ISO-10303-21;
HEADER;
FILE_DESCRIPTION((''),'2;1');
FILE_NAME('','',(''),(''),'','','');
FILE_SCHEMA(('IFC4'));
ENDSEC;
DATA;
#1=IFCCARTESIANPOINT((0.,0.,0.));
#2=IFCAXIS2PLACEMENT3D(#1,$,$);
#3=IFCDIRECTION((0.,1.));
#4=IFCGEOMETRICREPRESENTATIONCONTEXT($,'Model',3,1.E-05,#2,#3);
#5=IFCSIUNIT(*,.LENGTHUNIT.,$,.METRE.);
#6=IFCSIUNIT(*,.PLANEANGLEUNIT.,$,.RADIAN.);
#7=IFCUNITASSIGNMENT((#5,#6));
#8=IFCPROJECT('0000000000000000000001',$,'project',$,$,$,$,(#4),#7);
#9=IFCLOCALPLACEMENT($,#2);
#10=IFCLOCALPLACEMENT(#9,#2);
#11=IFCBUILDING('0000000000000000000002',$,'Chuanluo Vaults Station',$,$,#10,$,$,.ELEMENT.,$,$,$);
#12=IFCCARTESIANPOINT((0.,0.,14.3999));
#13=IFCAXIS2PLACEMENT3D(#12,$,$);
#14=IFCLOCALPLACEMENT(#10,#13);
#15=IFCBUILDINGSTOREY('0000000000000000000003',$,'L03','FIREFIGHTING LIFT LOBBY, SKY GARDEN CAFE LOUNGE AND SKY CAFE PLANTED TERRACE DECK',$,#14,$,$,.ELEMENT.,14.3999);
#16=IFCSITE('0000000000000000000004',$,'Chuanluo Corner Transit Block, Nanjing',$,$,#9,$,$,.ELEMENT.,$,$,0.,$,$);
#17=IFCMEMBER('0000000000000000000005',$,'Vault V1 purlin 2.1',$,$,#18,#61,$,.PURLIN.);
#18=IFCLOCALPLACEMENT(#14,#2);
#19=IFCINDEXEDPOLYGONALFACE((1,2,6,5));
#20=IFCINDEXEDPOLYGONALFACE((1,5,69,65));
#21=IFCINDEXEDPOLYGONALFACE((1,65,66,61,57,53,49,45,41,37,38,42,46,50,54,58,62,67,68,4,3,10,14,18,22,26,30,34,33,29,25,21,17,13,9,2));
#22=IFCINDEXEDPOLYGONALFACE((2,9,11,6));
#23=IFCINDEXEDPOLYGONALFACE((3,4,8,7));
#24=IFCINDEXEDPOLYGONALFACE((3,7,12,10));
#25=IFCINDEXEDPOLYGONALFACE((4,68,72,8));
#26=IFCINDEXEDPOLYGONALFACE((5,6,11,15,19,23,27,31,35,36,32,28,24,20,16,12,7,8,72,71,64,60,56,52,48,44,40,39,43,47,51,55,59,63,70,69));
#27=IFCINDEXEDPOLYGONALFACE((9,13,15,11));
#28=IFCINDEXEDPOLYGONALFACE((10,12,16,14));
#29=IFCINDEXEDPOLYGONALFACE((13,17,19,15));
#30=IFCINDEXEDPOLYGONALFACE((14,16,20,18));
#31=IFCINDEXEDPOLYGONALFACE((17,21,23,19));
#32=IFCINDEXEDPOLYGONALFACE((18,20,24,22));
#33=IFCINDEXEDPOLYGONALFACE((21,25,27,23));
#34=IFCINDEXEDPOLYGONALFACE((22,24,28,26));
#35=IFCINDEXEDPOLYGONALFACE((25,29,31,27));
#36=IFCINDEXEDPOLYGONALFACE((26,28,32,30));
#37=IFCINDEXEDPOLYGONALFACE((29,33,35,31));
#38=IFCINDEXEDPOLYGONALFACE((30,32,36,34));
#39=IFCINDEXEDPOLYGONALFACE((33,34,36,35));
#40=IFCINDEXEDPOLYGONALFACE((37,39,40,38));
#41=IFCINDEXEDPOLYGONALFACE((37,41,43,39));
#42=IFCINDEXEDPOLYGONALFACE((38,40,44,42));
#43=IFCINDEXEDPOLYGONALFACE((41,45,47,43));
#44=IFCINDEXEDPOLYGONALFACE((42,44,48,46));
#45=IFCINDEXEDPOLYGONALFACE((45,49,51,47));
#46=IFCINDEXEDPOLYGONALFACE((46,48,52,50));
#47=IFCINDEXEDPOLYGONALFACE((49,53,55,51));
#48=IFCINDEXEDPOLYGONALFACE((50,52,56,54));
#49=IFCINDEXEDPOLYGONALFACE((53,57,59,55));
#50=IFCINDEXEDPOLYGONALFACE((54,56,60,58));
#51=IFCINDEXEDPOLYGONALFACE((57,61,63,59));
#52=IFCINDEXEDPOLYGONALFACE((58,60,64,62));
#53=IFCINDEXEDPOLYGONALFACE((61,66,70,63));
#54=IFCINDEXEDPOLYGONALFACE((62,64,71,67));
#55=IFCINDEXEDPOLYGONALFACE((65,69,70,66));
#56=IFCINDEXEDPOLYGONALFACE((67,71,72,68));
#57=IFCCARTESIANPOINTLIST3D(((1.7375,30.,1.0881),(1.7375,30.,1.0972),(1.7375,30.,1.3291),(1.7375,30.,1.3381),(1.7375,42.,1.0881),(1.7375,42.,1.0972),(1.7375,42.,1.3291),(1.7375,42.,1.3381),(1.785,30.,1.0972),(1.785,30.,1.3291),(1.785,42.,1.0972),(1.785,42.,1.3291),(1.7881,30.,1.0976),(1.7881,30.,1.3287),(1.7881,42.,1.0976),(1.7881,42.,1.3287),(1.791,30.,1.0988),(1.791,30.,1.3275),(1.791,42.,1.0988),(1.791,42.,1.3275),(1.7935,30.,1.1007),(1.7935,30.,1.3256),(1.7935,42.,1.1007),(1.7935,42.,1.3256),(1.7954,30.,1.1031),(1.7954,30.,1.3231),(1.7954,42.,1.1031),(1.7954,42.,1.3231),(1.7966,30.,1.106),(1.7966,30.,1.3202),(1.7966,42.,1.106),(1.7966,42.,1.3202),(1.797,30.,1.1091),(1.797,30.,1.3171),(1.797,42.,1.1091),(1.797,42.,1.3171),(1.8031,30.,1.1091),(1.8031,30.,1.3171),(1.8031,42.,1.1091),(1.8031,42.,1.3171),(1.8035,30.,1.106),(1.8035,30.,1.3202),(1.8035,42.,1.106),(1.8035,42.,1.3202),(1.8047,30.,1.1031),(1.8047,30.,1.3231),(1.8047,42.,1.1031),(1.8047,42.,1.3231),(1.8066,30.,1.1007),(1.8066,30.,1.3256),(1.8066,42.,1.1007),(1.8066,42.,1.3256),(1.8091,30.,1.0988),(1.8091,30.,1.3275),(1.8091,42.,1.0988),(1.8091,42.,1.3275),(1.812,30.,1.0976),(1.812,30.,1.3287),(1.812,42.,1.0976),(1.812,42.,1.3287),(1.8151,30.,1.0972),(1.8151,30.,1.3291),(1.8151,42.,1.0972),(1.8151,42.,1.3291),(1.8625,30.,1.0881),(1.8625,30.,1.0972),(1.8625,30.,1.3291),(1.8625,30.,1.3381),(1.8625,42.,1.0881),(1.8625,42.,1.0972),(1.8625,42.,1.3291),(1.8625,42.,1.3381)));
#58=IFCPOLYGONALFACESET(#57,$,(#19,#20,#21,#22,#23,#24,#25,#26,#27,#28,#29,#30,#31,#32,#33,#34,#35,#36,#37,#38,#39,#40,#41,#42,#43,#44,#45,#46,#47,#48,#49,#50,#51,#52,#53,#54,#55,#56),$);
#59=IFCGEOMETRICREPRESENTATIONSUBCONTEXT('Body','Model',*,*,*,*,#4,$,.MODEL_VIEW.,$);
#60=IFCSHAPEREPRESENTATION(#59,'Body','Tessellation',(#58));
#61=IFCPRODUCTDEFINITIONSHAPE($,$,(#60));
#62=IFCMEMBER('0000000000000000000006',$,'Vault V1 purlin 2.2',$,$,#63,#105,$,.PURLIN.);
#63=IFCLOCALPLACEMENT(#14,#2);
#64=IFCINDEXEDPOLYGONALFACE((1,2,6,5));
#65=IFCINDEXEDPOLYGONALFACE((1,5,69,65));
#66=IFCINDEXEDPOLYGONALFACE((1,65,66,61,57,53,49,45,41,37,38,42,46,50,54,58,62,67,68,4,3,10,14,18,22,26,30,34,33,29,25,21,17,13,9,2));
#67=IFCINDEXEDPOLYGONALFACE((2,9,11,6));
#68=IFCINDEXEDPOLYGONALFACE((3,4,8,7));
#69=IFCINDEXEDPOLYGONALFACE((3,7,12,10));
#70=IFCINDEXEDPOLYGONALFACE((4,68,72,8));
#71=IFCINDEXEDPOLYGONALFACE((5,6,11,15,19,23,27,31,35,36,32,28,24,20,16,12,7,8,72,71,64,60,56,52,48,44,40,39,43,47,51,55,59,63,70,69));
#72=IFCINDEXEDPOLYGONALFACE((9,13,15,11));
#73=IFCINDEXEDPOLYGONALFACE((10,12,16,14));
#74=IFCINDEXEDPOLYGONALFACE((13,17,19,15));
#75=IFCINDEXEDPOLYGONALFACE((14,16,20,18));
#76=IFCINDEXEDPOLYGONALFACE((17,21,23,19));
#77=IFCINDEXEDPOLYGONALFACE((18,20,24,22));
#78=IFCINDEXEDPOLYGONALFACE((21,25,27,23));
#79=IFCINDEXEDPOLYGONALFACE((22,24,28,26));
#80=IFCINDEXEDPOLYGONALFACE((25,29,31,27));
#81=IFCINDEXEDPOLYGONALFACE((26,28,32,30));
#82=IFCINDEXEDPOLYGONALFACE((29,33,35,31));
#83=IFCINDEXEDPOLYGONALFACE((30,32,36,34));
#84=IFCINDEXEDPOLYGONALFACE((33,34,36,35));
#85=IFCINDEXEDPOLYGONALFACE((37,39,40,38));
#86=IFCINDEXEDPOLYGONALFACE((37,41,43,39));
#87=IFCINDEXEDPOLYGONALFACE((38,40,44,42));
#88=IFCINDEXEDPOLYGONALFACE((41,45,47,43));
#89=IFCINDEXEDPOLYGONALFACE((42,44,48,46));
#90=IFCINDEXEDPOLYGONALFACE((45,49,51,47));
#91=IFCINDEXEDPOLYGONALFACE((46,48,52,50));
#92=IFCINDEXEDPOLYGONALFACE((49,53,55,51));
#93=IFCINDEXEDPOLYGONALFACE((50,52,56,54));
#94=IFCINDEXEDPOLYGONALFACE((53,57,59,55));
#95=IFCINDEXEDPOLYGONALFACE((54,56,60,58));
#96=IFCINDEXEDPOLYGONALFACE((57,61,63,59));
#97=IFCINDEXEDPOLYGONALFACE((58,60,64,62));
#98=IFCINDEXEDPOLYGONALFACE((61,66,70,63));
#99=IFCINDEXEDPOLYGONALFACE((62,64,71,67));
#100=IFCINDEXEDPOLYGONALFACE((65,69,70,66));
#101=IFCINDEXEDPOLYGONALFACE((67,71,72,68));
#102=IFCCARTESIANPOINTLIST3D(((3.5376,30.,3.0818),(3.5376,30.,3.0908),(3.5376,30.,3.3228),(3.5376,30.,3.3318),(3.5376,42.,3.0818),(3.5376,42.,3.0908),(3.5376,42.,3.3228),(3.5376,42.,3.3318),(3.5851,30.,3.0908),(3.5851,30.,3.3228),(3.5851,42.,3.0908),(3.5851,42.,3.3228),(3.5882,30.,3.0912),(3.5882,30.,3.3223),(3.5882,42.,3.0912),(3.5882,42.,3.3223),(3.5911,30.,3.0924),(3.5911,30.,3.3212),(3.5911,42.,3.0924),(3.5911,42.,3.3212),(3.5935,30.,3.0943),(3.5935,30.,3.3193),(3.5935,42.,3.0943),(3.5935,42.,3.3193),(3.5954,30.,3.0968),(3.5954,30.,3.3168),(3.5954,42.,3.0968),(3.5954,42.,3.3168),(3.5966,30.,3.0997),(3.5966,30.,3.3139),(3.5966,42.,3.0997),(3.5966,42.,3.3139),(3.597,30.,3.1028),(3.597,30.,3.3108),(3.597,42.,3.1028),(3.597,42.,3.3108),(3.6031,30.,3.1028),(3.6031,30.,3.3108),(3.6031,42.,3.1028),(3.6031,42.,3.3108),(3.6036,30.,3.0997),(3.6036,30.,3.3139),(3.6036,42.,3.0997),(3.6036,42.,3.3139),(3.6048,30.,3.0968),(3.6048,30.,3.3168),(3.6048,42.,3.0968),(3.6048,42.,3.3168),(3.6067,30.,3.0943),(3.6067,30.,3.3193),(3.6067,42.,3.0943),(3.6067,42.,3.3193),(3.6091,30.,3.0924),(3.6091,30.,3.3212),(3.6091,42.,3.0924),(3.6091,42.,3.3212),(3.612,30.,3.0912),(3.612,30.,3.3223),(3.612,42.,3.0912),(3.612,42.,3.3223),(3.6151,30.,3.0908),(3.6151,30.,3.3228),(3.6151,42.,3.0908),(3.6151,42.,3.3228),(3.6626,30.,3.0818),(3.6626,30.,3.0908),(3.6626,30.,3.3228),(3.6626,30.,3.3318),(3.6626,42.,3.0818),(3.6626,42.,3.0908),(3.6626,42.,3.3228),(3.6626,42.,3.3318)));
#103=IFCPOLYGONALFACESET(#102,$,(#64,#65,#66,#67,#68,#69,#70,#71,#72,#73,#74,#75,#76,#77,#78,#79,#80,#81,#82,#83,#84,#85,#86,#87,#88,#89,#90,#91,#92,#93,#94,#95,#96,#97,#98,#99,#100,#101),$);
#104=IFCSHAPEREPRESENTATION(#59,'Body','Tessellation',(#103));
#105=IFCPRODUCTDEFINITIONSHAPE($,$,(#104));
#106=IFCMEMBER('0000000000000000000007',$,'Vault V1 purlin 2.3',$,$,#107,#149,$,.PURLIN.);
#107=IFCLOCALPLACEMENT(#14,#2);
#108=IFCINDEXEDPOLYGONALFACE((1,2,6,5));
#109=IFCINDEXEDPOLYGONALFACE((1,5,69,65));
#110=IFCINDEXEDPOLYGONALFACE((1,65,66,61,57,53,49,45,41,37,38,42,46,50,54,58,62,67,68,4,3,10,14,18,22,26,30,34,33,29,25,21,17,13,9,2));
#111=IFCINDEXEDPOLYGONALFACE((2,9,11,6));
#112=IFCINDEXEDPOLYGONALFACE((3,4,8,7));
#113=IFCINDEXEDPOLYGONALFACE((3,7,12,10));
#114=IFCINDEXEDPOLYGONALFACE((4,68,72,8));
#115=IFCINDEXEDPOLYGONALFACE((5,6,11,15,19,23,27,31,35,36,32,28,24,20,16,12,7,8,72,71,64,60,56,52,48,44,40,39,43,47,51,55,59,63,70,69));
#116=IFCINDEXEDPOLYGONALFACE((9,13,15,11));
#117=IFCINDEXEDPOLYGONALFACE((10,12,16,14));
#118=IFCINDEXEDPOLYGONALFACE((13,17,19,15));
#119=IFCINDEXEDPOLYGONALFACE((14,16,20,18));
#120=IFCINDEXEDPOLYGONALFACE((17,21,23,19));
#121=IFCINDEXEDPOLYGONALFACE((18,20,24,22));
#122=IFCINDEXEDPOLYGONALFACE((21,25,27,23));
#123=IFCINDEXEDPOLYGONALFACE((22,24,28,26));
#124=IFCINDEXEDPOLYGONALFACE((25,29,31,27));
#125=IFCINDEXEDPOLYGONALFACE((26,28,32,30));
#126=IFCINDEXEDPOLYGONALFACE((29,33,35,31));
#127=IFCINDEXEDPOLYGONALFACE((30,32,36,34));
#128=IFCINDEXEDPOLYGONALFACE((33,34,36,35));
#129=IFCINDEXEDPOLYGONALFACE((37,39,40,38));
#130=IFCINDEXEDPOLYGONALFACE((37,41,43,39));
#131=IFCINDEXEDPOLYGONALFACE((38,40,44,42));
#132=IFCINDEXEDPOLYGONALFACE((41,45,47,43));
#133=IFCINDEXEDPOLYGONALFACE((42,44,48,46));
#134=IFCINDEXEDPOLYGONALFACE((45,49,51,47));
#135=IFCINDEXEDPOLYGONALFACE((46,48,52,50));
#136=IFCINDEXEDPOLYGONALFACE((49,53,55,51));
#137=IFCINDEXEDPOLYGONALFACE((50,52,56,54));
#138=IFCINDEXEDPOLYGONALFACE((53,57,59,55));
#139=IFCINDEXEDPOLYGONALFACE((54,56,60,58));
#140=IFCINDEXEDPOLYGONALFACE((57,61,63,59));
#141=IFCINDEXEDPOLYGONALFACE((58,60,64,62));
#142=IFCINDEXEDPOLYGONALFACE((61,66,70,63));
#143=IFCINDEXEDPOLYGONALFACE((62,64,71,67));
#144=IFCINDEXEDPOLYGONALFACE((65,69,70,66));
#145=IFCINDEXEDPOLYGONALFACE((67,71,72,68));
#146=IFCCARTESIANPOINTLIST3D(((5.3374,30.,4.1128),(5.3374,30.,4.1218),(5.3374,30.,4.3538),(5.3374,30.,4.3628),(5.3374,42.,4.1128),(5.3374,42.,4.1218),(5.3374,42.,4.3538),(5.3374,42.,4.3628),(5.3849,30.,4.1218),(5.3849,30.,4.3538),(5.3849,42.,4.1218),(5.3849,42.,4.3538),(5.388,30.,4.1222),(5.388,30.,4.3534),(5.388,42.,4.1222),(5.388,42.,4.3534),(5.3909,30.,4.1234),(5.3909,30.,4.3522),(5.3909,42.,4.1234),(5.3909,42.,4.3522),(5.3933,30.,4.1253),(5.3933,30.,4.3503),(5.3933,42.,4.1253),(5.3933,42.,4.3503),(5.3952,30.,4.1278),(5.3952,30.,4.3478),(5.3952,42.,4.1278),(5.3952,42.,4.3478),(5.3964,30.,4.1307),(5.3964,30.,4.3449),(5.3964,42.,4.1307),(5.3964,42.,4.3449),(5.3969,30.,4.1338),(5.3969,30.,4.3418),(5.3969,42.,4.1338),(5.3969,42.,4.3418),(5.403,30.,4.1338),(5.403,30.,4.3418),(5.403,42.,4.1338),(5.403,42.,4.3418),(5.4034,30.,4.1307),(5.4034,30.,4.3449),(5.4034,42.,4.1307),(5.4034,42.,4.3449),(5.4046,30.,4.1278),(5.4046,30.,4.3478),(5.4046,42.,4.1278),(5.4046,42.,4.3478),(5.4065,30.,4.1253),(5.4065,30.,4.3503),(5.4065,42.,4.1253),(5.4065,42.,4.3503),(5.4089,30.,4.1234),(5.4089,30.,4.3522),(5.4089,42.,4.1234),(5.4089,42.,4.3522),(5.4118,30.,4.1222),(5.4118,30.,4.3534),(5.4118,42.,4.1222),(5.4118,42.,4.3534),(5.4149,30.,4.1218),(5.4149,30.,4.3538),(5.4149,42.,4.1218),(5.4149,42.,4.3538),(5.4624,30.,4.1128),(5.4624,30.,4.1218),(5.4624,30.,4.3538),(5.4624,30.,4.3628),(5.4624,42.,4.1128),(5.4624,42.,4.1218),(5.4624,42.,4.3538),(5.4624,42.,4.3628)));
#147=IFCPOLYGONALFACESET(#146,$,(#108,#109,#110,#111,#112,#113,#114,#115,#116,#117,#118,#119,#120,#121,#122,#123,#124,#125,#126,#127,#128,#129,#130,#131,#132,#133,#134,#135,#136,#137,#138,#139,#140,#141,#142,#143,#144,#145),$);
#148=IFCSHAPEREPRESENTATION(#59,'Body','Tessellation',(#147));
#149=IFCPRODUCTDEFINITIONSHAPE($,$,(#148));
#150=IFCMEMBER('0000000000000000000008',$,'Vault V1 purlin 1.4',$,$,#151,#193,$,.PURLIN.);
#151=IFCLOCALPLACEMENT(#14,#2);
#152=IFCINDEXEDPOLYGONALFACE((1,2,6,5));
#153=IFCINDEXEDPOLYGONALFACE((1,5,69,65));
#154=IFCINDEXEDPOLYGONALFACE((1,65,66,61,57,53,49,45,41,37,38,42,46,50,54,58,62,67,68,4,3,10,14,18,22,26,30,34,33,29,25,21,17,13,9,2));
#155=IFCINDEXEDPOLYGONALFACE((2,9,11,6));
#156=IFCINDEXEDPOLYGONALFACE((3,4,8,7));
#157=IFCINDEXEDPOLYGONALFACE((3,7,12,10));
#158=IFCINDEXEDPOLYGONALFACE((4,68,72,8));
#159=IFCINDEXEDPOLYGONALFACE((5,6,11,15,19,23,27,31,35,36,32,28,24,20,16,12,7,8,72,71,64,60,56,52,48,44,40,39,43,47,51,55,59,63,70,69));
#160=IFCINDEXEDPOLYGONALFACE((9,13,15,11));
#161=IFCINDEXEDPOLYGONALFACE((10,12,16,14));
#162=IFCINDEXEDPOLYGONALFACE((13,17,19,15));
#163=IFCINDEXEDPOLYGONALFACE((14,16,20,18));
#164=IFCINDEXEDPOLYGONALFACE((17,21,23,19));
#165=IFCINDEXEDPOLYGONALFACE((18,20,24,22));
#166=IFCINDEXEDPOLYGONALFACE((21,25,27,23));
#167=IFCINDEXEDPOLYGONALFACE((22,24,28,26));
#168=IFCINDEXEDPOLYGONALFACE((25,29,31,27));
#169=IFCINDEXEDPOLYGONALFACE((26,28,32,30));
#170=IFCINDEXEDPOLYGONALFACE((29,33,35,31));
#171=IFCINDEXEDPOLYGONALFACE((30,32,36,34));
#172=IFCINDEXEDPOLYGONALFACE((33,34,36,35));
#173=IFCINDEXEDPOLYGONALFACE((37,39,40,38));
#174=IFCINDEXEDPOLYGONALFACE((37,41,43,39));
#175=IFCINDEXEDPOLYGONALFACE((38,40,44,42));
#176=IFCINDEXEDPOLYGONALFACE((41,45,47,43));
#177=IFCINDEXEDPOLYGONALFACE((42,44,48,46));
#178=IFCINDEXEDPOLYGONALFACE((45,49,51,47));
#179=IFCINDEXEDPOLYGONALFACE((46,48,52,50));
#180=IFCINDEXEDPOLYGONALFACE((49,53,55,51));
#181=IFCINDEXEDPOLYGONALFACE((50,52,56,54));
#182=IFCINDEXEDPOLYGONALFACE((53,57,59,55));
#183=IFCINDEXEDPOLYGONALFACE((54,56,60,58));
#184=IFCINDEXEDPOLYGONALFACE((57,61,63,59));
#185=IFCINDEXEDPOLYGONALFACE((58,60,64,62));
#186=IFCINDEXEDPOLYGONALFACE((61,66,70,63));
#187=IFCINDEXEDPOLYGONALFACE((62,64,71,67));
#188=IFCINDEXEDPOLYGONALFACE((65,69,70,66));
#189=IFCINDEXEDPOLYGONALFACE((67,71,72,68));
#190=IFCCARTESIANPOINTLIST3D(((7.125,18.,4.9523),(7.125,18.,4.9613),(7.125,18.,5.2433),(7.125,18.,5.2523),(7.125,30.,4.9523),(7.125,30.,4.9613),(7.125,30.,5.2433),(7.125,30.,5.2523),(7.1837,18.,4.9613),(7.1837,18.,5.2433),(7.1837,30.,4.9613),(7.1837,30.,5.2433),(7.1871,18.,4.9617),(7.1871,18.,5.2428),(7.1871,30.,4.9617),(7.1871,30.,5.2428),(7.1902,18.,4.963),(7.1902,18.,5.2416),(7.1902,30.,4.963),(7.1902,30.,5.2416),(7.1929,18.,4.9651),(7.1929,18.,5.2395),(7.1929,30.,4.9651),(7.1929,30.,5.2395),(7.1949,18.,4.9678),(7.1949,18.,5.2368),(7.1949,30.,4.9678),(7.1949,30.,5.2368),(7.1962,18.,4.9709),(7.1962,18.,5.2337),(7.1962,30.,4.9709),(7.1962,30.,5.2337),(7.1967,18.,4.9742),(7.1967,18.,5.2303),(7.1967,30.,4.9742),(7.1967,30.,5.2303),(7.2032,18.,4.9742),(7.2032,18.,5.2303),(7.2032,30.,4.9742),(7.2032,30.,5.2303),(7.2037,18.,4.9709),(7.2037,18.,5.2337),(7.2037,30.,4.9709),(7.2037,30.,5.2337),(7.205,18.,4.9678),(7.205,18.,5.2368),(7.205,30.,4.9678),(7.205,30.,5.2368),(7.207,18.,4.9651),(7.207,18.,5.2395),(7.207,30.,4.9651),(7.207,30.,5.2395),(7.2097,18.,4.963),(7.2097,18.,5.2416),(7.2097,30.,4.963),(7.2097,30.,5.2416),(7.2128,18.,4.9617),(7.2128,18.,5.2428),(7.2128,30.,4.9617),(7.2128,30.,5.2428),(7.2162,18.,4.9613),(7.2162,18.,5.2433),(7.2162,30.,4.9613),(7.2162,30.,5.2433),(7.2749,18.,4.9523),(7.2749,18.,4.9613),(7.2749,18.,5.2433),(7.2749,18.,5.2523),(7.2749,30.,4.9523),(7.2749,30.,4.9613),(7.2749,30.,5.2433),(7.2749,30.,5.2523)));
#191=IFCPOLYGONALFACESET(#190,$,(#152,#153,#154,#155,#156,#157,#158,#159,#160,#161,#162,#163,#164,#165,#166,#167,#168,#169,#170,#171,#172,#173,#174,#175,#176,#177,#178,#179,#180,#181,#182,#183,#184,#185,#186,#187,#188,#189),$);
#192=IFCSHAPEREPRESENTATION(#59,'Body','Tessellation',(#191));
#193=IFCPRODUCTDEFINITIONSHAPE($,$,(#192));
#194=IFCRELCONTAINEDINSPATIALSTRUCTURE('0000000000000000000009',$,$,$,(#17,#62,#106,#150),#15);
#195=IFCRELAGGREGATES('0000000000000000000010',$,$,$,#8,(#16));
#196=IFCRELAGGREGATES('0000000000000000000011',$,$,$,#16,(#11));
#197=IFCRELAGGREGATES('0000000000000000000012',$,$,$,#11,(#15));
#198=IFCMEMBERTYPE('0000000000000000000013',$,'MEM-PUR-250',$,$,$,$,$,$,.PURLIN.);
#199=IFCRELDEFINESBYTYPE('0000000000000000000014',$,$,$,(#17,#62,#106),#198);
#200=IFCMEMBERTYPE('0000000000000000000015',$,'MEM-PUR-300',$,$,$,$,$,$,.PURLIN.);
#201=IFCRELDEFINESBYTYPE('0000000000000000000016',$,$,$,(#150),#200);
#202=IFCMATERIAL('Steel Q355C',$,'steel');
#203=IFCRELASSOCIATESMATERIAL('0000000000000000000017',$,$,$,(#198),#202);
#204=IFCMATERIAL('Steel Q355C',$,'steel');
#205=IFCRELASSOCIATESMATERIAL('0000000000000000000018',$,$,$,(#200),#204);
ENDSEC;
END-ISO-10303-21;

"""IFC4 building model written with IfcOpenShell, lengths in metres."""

from ifc_helpers import new_model, si_unit, direction, frame, origin, origin_2d, place, context, subcontext, project, spatial, i_section, extrude, material, material_profile, profile_set, type_object, element, save


model = new_model("IFC4")

# Units and contexts
model_context = context("Model", 3, precision=1e-05, world=origin(), true_north=direction((0.0, 1.0)))
body_context = subcontext(model_context, "Body", "Model", "MODEL_VIEW")
ifc_project = project(units=[si_unit("LENGTHUNIT", "METRE"), si_unit("PLANEANGLEUNIT", "RADIAN")], contexts=[model_context])

# Site, building, storey
site_placement = place(None, origin())
site = spatial("IfcSite", under=ifc_project, at=site_placement, Name="Chuanluo Corner Transit Block, Nanjing", CompositionType="ELEMENT", RefElevation=0.0)
building_placement = place(site_placement, origin())
building = spatial("IfcBuilding", under=site, at=building_placement, Name="Chuanluo Vaults Station", CompositionType="ELEMENT")
storey_placement = place(building_placement, frame((0.0, 0.0, 14.3999)))
storey = spatial("IfcBuildingStorey", under=building, at=storey_placement, Name="L03", Description="FIREFIGHTING LIFT LOBBY, SKY GARDEN CAFE LOUNGE AND SKY CAFE PLANTED TERRACE DECK", CompositionType="ELEMENT", Elevation=14.3999)

# Members
ifc_material_1 = material(Name="Steel Q355C", Category="steel")
ifc_material_profile_1 = material_profile(ifc_material_1, i_section(OverallWidth=0.125, OverallDepth=0.25, WebThickness=0.0061, FlangeThickness=0.009, FilletRadius=0.012, at=origin_2d()))
ifc_profile_set_1 = profile_set([ifc_material_profile_1], Name="Steel Q355C")
member_type_1 = type_object("IfcMemberType", Name="MEM-PUR-250", PredefinedType="PURLIN", material=ifc_profile_set_1)
for number, where, z_axis, x_axis, name in (
    (1, (1.8, 30.0, 1.2131), (0.0, 1.0, 0.0), (-1.0, 0.0, 0.0), "Vault V1 purlin 2.1"),
    (2, (3.6001, 30.0, 3.2068), (0.0, 1.0, 0.0), (-1.0, 0.0, 0.0), "Vault V1 purlin 2.2"),
    (3, (5.3999, 30.0, 4.2378), (0.0, 1.0, 0.0), (-1.0, 0.0, 0.0), "Vault V1 purlin 2.3"),
):
    element("IfcMember", number, at=place(storey_placement, frame(where, z_axis=z_axis, x_axis=x_axis)), inside=storey, type_object=member_type_1, Name=name, PredefinedType="PURLIN", context=body_context, shape_type="SweptSolid", body=[
        extrude(i_section(OverallWidth=0.125, OverallDepth=0.25, WebThickness=0.0061, FlangeThickness=0.009, FilletRadius=0.012, at=origin_2d()), origin(), (0.0, 0.0, 1.0), 12.0),
    ])
ifc_material_2 = material(Name="Steel Q355C", Category="steel")
ifc_material_profile_2 = material_profile(ifc_material_2, i_section(OverallWidth=0.1499, OverallDepth=0.3, WebThickness=0.0066, FlangeThickness=0.009, FilletRadius=0.0129, at=origin_2d()))
ifc_profile_set_2 = profile_set([ifc_material_profile_2], Name="Steel Q355C")
member_type_2 = type_object("IfcMemberType", Name="MEM-PUR-300", PredefinedType="PURLIN", material=ifc_profile_set_2)
for number, where, z_axis, x_axis, name in (
    (4, (7.2, 18.0, 5.1023), (0.0, 1.0, 0.0), (-1.0, 0.0, 0.0), "Vault V1 purlin 1.4"),
):
    element("IfcMember", number, at=place(storey_placement, frame(where, z_axis=z_axis, x_axis=x_axis)), inside=storey, type_object=member_type_2, Name=name, PredefinedType="PURLIN", context=body_context, shape_type="SweptSolid", body=[
        extrude(i_section(OverallWidth=0.1499, OverallDepth=0.3, WebThickness=0.0066, FlangeThickness=0.009, FilletRadius=0.0129, at=origin_2d()), origin(), (0.0, 0.0, 1.0), 12.0),
    ])

save(model, "model.ifc")
